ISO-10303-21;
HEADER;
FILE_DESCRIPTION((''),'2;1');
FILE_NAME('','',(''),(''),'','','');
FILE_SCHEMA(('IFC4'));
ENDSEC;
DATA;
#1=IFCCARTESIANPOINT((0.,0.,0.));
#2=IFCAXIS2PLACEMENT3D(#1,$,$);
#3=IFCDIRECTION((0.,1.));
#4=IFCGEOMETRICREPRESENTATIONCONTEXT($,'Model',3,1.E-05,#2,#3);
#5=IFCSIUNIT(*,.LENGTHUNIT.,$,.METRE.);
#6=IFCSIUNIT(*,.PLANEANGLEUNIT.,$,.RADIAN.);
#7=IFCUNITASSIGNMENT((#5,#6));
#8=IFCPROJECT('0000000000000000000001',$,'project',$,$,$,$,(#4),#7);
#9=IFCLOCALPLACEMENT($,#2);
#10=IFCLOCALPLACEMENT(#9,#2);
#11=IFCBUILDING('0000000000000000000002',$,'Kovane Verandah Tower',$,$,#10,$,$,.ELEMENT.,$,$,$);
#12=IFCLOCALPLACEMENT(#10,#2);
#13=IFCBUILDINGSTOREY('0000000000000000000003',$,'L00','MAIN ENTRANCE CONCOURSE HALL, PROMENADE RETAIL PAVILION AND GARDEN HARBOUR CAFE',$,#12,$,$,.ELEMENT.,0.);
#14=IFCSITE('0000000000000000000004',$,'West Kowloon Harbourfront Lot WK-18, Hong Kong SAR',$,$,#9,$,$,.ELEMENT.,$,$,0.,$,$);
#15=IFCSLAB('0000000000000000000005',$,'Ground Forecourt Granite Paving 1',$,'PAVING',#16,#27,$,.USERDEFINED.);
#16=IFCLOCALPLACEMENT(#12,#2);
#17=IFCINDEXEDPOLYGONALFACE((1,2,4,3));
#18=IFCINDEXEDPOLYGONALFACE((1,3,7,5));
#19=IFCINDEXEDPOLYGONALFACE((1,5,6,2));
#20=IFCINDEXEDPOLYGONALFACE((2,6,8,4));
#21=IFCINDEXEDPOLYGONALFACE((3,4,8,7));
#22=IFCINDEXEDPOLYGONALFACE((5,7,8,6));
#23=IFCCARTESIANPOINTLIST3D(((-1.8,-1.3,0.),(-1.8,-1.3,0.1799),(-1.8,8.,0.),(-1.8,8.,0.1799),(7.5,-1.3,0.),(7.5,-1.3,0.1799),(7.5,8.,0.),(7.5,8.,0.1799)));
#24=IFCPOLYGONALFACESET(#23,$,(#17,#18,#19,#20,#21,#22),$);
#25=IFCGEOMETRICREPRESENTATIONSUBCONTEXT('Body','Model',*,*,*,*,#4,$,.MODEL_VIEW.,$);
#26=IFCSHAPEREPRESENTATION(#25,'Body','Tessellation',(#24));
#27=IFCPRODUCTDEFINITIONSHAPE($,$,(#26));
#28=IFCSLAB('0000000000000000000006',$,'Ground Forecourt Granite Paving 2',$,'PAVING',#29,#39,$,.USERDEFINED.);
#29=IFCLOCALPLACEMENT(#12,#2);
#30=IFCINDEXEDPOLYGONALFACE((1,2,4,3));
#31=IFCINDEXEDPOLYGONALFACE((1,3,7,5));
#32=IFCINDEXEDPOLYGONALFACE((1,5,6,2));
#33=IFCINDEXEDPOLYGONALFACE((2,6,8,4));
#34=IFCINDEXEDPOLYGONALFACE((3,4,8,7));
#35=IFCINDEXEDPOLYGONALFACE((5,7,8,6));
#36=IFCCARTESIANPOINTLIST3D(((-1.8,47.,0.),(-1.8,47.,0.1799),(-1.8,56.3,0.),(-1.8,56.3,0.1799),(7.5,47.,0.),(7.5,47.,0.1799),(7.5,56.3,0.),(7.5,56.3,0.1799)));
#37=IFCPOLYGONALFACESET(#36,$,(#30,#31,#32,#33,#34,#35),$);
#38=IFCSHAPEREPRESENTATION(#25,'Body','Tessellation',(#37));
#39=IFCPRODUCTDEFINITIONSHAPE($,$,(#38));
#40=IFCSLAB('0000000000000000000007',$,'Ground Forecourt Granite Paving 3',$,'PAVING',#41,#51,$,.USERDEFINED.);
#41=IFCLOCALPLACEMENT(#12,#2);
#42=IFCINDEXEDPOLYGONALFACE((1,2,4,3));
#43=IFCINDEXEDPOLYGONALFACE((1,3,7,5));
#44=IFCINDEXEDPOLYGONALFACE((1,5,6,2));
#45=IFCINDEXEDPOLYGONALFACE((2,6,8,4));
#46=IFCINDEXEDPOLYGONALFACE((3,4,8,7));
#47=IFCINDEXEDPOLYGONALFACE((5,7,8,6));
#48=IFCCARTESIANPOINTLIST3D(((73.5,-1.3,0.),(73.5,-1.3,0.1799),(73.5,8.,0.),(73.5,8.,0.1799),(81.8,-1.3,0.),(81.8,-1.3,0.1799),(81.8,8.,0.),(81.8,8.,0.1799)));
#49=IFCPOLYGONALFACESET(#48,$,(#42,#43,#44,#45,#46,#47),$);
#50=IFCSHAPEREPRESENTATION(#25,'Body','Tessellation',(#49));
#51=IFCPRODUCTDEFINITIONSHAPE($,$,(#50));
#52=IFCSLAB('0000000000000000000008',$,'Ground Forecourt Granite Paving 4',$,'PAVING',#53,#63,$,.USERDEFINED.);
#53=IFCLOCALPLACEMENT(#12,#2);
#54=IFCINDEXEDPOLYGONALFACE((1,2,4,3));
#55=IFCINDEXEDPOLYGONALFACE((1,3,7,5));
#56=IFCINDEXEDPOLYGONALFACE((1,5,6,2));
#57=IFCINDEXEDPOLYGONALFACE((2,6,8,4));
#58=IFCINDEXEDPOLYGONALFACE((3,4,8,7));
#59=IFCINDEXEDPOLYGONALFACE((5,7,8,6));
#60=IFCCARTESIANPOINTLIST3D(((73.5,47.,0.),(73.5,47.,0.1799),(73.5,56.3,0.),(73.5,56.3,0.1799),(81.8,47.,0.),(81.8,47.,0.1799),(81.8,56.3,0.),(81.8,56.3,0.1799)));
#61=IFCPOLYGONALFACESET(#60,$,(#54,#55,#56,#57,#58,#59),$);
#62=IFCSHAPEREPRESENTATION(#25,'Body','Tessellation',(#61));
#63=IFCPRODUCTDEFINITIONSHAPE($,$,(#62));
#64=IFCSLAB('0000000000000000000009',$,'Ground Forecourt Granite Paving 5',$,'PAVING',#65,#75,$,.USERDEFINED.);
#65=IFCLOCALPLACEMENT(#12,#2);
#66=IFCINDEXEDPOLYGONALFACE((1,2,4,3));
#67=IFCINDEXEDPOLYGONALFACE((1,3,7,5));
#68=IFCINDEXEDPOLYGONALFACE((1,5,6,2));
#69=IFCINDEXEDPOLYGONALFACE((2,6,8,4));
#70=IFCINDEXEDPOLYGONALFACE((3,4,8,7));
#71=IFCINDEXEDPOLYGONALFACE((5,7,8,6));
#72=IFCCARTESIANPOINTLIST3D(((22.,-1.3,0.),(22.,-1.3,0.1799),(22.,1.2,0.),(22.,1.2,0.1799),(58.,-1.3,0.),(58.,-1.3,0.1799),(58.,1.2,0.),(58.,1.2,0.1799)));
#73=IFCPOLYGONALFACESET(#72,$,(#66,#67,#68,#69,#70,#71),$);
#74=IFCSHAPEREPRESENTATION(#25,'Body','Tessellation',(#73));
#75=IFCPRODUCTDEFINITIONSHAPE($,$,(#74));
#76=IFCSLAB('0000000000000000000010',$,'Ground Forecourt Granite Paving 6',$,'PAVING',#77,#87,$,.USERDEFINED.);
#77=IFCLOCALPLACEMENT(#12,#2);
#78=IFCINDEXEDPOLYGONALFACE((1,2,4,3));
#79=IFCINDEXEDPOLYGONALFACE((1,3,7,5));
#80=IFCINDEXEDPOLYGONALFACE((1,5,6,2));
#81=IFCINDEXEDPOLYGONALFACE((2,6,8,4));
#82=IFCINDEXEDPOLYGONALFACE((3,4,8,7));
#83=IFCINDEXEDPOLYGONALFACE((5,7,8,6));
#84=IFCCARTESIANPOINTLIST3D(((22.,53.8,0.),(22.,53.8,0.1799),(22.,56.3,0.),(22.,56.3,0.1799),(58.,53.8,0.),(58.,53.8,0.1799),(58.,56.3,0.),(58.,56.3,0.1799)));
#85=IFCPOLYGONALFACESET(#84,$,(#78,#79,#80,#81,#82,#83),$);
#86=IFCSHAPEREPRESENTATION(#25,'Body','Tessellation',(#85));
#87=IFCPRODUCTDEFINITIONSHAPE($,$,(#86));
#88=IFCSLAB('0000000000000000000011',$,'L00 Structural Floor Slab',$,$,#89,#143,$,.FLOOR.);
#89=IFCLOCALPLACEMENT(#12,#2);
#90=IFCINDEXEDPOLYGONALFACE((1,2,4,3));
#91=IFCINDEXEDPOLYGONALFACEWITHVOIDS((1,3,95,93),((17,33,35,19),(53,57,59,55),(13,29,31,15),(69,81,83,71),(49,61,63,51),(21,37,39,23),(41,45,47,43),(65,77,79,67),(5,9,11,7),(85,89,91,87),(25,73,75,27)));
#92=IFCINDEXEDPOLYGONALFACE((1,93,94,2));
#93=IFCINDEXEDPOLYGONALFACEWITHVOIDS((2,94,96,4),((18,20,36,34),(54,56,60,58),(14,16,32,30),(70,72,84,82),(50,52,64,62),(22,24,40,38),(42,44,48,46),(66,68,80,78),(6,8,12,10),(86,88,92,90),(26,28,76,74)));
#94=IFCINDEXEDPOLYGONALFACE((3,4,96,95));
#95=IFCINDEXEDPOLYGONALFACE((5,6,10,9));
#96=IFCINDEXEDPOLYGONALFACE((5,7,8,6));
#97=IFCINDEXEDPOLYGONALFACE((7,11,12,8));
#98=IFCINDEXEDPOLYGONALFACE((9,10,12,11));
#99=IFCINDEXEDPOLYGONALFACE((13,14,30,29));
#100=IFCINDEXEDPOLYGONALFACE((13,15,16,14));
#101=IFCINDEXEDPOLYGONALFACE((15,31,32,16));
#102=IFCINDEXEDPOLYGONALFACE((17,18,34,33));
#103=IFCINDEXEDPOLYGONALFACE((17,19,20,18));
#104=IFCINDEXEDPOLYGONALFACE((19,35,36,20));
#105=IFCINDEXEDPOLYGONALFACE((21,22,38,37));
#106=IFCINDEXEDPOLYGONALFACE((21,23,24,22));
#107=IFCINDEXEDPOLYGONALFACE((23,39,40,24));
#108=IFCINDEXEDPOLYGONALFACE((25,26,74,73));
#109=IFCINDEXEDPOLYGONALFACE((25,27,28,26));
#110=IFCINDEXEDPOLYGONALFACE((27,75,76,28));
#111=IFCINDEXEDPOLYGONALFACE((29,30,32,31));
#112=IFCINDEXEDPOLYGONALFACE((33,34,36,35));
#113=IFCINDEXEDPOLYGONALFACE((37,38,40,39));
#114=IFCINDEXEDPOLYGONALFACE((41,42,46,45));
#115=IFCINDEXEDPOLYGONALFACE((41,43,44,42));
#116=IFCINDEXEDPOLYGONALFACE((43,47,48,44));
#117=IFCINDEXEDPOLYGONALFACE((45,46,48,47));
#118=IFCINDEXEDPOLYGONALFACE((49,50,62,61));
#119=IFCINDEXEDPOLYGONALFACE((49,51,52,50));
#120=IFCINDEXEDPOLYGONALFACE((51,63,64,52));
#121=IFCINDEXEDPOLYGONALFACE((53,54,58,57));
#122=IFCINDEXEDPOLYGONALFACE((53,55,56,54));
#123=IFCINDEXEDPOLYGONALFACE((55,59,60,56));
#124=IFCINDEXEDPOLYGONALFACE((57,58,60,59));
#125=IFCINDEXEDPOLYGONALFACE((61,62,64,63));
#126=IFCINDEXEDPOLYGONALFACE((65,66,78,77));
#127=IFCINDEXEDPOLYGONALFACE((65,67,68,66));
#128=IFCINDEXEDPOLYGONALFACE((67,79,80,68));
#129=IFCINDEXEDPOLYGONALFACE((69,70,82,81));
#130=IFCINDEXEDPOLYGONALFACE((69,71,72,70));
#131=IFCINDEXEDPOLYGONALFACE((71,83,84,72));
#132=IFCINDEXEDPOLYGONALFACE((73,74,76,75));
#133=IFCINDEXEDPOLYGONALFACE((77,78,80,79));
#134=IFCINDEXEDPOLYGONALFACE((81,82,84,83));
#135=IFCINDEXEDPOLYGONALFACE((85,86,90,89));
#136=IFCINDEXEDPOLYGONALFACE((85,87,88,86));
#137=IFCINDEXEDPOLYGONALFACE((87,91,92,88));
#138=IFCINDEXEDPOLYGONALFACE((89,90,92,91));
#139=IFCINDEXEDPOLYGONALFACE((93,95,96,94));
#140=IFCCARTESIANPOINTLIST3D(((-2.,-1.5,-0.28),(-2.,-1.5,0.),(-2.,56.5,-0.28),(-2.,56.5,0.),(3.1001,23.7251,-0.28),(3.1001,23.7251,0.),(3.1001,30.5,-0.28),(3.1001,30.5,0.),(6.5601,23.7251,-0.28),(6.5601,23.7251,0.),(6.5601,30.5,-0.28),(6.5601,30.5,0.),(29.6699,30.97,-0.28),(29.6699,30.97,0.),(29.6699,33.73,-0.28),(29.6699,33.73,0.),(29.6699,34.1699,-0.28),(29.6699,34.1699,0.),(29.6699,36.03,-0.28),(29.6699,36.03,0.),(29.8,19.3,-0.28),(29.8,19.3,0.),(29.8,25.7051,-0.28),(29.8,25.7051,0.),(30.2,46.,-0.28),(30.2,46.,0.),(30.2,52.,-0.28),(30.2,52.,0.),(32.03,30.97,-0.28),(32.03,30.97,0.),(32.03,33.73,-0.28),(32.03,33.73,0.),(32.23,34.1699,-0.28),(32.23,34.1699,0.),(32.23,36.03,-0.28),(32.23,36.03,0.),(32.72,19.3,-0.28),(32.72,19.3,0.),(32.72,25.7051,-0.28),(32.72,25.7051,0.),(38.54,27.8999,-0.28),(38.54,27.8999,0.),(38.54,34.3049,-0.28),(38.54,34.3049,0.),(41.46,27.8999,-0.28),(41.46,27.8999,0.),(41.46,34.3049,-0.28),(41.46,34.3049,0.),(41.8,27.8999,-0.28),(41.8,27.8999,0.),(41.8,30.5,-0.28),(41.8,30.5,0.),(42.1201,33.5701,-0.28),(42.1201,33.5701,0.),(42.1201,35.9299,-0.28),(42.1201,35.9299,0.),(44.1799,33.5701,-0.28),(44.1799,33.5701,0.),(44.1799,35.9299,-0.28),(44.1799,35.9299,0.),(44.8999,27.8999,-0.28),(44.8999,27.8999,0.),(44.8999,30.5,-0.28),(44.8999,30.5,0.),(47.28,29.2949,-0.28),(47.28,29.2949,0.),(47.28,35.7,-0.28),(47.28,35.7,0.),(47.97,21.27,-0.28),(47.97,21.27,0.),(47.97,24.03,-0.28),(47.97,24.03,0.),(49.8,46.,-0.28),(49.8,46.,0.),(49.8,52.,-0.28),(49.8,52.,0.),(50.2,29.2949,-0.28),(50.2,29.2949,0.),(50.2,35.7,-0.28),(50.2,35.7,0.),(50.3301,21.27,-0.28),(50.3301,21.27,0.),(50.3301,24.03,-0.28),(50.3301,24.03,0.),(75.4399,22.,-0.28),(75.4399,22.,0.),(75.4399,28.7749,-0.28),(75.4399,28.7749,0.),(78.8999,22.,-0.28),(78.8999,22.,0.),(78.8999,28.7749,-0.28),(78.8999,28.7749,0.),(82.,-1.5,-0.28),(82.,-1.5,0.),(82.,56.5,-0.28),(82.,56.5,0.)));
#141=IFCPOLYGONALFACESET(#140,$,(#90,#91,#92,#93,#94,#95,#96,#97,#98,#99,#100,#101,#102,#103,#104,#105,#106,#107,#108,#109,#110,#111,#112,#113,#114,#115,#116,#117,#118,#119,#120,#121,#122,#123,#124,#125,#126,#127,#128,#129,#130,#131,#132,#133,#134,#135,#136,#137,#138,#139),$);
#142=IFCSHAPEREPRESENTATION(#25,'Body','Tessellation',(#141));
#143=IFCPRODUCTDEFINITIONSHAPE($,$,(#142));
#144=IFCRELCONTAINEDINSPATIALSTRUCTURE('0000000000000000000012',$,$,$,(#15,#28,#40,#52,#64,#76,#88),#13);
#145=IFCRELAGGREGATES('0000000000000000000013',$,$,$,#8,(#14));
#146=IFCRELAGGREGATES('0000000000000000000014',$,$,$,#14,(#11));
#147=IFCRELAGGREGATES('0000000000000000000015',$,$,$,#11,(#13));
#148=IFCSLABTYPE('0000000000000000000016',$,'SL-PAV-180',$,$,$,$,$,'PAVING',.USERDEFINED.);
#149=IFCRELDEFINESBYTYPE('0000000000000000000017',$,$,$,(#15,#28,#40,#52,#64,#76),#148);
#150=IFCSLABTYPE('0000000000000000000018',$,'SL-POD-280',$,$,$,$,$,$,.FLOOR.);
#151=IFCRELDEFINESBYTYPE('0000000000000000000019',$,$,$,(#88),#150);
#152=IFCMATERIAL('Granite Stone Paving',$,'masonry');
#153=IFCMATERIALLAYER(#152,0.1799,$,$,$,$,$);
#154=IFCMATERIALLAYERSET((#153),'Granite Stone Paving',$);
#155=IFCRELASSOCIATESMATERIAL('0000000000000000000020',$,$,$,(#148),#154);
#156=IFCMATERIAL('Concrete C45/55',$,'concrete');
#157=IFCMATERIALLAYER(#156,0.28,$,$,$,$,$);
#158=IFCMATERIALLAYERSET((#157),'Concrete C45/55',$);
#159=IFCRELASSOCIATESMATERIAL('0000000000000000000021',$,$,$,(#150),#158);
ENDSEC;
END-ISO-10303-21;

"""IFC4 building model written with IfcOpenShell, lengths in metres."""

from ifc_helpers import new_model, si_unit, direction, frame, origin, place, context, subcontext, project, spatial, polyline, outline, extrude, material, layer, layer_set, type_object, element, save


model = new_model("IFC4")

# Units and contexts
model_context = context("Model", 3, precision=1e-05, world=origin(), true_north=direction((0.0, 1.0)))
body_context = subcontext(model_context, "Body", "Model", "MODEL_VIEW")
ifc_project = project(units=[si_unit("LENGTHUNIT", "METRE"), si_unit("PLANEANGLEUNIT", "RADIAN")], contexts=[model_context])

# Site, building, storey
site_placement = place(None, origin())
site = spatial("IfcSite", under=ifc_project, at=site_placement, Name="West Kowloon Harbourfront Lot WK-18, Hong Kong SAR", CompositionType="ELEMENT", RefElevation=0.0)
building_placement = place(site_placement, origin())
building = spatial("IfcBuilding", under=site, at=building_placement, Name="Kovane Verandah Tower", CompositionType="ELEMENT")
storey_placement = place(building_placement, origin())
storey = spatial("IfcBuildingStorey", under=building, at=storey_placement, Name="L00", Description="MAIN ENTRANCE CONCOURSE HALL, PROMENADE RETAIL PAVILION AND GARDEN HARBOUR CAFE", CompositionType="ELEMENT", Elevation=0.0)

# Shared definitions
ifc_material_1 = material(Name="Concrete C45/55", Category="concrete")

# Slabs
ifc_material_2 = material(Name="Granite Stone Paving", Category="masonry")
ifc_layer_1 = layer(ifc_material_2, 0.1799)
ifc_layer_set_1 = layer_set([ifc_layer_1], Name="Granite Stone Paving")
slab_type_1 = type_object("IfcSlabType", Name="SL-PAV-180", ElementType="PAVING", PredefinedType="USERDEFINED", material=ifc_layer_set_1)
slab_1_placement = place(storey_placement, origin())
element("IfcSlab", 1, at=slab_1_placement, inside=storey, type_object=slab_type_1, Name="Ground Forecourt Granite Paving 1", ObjectType="PAVING", PredefinedType="USERDEFINED", context=body_context, shape_type="SweptSolid", body=[
    extrude(outline(polyline([(-1.8, -1.3), (7.5, -1.3), (7.5, 8.0), (-1.8, 8.0), (-1.8, -1.3)])), origin(), (0.0, 0.0, 1.0), 0.1799),
])
slab_2_placement = place(storey_placement, origin())
element("IfcSlab", 2, at=slab_2_placement, inside=storey, type_object=slab_type_1, Name="Ground Forecourt Granite Paving 2", ObjectType="PAVING", PredefinedType="USERDEFINED", context=body_context, shape_type="SweptSolid", body=[
    extrude(outline(polyline([(-1.8, 47.0), (7.5, 47.0), (7.5, 56.3), (-1.8, 56.3), (-1.8, 47.0)])), origin(), (0.0, 0.0, 1.0), 0.1799),
])
slab_3_placement = place(storey_placement, origin())
element("IfcSlab", 3, at=slab_3_placement, inside=storey, type_object=slab_type_1, Name="Ground Forecourt Granite Paving 3", ObjectType="PAVING", PredefinedType="USERDEFINED", context=body_context, shape_type="SweptSolid", body=[
    extrude(outline(polyline([(73.5, -1.3), (81.8, -1.3), (81.8, 8.0), (73.5, 8.0), (73.5, -1.3)])), origin(), (0.0, 0.0, 1.0), 0.1799),
])
slab_4_placement = place(storey_placement, origin())
element("IfcSlab", 4, at=slab_4_placement, inside=storey, type_object=slab_type_1, Name="Ground Forecourt Granite Paving 4", ObjectType="PAVING", PredefinedType="USERDEFINED", context=body_context, shape_type="SweptSolid", body=[
    extrude(outline(polyline([(73.5, 47.0), (81.8, 47.0), (81.8, 56.3), (73.5, 56.3), (73.5, 47.0)])), origin(), (0.0, 0.0, 1.0), 0.1799),
])
slab_5_placement = place(storey_placement, origin())
element("IfcSlab", 5, at=slab_5_placement, inside=storey, type_object=slab_type_1, Name="Ground Forecourt Granite Paving 5", ObjectType="PAVING", PredefinedType="USERDEFINED", context=body_context, shape_type="SweptSolid", body=[
    extrude(outline(polyline([(22.0, -1.3), (58.0, -1.3), (58.0, 1.2), (22.0, 1.2), (22.0, -1.3)])), origin(), (0.0, 0.0, 1.0), 0.1799),
])
slab_6_placement = place(storey_placement, origin())
element("IfcSlab", 6, at=slab_6_placement, inside=storey, type_object=slab_type_1, Name="Ground Forecourt Granite Paving 6", ObjectType="PAVING", PredefinedType="USERDEFINED", context=body_context, shape_type="SweptSolid", body=[
    extrude(outline(polyline([(22.0, 53.8), (58.0, 53.8), (58.0, 56.3), (22.0, 56.3), (22.0, 53.8)])), origin(), (0.0, 0.0, 1.0), 0.1799),
])
ifc_layer_2 = layer(ifc_material_1, 0.28)
ifc_layer_set_2 = layer_set([ifc_layer_2], Name="Concrete C45/55")
slab_type_2 = type_object("IfcSlabType", Name="SL-POD-280", PredefinedType="FLOOR", material=ifc_layer_set_2)
slab_7_placement = place(storey_placement, frame((0.0, 0.0, -0.28)))
element("IfcSlab", 7, at=slab_7_placement, inside=storey, type_object=slab_type_2, Name="L00 Structural Floor Slab", PredefinedType="FLOOR", context=body_context, shape_type="SweptSolid", body=[
    extrude(outline(polyline([(-2.0, -1.5), (82.0, -1.5), (82.0, 56.5), (-2.0, 56.5), (-2.0, -1.5)]), holes=[polyline([(29.8, 19.3), (32.72, 19.3), (32.72, 25.7051), (29.8, 25.7051), (29.8, 19.3)]), polyline([(47.28, 29.2949), (50.2, 29.2949), (50.2, 35.7), (47.28, 35.7), (47.28, 29.2949)]), polyline([(38.54, 27.8999), (41.46, 27.8999), (41.46, 34.3049), (38.54, 34.3049), (38.54, 27.8999)]), polyline([(3.1001, 23.7251), (6.5601, 23.7251), (6.5601, 30.5), (3.1001, 30.5), (3.1001, 23.7251)]), polyline([(75.4399, 22.0), (78.8999, 22.0), (78.8999, 28.7749), (75.4399, 28.7749), (75.4399, 22.0)]), polyline([(29.6699, 30.97), (32.03, 30.97), (32.03, 33.73), (29.6699, 33.73), (29.6699, 30.97)]), polyline([(47.97, 21.27), (50.3301, 21.27), (50.3301, 24.03), (47.97, 24.03), (47.97, 21.27)]), polyline([(29.6699, 34.1699), (32.23, 34.1699), (32.23, 36.03), (29.6699, 36.03), (29.6699, 34.1699)]), polyline([(42.1201, 33.5701), (44.1799, 33.5701), (44.1799, 35.9299), (42.1201, 35.9299), (42.1201, 33.5701)]), polyline([(30.2, 46.0), (49.8, 46.0), (49.8, 52.0), (30.2, 52.0), (30.2, 46.0)]), polyline([(41.8, 27.8999), (44.8999, 27.8999), (44.8999, 30.5), (41.8, 30.5), (41.8, 27.8999)])]), origin(), (0.0, 0.0, 1.0), 0.28),
])

save(model, "model.ifc")
